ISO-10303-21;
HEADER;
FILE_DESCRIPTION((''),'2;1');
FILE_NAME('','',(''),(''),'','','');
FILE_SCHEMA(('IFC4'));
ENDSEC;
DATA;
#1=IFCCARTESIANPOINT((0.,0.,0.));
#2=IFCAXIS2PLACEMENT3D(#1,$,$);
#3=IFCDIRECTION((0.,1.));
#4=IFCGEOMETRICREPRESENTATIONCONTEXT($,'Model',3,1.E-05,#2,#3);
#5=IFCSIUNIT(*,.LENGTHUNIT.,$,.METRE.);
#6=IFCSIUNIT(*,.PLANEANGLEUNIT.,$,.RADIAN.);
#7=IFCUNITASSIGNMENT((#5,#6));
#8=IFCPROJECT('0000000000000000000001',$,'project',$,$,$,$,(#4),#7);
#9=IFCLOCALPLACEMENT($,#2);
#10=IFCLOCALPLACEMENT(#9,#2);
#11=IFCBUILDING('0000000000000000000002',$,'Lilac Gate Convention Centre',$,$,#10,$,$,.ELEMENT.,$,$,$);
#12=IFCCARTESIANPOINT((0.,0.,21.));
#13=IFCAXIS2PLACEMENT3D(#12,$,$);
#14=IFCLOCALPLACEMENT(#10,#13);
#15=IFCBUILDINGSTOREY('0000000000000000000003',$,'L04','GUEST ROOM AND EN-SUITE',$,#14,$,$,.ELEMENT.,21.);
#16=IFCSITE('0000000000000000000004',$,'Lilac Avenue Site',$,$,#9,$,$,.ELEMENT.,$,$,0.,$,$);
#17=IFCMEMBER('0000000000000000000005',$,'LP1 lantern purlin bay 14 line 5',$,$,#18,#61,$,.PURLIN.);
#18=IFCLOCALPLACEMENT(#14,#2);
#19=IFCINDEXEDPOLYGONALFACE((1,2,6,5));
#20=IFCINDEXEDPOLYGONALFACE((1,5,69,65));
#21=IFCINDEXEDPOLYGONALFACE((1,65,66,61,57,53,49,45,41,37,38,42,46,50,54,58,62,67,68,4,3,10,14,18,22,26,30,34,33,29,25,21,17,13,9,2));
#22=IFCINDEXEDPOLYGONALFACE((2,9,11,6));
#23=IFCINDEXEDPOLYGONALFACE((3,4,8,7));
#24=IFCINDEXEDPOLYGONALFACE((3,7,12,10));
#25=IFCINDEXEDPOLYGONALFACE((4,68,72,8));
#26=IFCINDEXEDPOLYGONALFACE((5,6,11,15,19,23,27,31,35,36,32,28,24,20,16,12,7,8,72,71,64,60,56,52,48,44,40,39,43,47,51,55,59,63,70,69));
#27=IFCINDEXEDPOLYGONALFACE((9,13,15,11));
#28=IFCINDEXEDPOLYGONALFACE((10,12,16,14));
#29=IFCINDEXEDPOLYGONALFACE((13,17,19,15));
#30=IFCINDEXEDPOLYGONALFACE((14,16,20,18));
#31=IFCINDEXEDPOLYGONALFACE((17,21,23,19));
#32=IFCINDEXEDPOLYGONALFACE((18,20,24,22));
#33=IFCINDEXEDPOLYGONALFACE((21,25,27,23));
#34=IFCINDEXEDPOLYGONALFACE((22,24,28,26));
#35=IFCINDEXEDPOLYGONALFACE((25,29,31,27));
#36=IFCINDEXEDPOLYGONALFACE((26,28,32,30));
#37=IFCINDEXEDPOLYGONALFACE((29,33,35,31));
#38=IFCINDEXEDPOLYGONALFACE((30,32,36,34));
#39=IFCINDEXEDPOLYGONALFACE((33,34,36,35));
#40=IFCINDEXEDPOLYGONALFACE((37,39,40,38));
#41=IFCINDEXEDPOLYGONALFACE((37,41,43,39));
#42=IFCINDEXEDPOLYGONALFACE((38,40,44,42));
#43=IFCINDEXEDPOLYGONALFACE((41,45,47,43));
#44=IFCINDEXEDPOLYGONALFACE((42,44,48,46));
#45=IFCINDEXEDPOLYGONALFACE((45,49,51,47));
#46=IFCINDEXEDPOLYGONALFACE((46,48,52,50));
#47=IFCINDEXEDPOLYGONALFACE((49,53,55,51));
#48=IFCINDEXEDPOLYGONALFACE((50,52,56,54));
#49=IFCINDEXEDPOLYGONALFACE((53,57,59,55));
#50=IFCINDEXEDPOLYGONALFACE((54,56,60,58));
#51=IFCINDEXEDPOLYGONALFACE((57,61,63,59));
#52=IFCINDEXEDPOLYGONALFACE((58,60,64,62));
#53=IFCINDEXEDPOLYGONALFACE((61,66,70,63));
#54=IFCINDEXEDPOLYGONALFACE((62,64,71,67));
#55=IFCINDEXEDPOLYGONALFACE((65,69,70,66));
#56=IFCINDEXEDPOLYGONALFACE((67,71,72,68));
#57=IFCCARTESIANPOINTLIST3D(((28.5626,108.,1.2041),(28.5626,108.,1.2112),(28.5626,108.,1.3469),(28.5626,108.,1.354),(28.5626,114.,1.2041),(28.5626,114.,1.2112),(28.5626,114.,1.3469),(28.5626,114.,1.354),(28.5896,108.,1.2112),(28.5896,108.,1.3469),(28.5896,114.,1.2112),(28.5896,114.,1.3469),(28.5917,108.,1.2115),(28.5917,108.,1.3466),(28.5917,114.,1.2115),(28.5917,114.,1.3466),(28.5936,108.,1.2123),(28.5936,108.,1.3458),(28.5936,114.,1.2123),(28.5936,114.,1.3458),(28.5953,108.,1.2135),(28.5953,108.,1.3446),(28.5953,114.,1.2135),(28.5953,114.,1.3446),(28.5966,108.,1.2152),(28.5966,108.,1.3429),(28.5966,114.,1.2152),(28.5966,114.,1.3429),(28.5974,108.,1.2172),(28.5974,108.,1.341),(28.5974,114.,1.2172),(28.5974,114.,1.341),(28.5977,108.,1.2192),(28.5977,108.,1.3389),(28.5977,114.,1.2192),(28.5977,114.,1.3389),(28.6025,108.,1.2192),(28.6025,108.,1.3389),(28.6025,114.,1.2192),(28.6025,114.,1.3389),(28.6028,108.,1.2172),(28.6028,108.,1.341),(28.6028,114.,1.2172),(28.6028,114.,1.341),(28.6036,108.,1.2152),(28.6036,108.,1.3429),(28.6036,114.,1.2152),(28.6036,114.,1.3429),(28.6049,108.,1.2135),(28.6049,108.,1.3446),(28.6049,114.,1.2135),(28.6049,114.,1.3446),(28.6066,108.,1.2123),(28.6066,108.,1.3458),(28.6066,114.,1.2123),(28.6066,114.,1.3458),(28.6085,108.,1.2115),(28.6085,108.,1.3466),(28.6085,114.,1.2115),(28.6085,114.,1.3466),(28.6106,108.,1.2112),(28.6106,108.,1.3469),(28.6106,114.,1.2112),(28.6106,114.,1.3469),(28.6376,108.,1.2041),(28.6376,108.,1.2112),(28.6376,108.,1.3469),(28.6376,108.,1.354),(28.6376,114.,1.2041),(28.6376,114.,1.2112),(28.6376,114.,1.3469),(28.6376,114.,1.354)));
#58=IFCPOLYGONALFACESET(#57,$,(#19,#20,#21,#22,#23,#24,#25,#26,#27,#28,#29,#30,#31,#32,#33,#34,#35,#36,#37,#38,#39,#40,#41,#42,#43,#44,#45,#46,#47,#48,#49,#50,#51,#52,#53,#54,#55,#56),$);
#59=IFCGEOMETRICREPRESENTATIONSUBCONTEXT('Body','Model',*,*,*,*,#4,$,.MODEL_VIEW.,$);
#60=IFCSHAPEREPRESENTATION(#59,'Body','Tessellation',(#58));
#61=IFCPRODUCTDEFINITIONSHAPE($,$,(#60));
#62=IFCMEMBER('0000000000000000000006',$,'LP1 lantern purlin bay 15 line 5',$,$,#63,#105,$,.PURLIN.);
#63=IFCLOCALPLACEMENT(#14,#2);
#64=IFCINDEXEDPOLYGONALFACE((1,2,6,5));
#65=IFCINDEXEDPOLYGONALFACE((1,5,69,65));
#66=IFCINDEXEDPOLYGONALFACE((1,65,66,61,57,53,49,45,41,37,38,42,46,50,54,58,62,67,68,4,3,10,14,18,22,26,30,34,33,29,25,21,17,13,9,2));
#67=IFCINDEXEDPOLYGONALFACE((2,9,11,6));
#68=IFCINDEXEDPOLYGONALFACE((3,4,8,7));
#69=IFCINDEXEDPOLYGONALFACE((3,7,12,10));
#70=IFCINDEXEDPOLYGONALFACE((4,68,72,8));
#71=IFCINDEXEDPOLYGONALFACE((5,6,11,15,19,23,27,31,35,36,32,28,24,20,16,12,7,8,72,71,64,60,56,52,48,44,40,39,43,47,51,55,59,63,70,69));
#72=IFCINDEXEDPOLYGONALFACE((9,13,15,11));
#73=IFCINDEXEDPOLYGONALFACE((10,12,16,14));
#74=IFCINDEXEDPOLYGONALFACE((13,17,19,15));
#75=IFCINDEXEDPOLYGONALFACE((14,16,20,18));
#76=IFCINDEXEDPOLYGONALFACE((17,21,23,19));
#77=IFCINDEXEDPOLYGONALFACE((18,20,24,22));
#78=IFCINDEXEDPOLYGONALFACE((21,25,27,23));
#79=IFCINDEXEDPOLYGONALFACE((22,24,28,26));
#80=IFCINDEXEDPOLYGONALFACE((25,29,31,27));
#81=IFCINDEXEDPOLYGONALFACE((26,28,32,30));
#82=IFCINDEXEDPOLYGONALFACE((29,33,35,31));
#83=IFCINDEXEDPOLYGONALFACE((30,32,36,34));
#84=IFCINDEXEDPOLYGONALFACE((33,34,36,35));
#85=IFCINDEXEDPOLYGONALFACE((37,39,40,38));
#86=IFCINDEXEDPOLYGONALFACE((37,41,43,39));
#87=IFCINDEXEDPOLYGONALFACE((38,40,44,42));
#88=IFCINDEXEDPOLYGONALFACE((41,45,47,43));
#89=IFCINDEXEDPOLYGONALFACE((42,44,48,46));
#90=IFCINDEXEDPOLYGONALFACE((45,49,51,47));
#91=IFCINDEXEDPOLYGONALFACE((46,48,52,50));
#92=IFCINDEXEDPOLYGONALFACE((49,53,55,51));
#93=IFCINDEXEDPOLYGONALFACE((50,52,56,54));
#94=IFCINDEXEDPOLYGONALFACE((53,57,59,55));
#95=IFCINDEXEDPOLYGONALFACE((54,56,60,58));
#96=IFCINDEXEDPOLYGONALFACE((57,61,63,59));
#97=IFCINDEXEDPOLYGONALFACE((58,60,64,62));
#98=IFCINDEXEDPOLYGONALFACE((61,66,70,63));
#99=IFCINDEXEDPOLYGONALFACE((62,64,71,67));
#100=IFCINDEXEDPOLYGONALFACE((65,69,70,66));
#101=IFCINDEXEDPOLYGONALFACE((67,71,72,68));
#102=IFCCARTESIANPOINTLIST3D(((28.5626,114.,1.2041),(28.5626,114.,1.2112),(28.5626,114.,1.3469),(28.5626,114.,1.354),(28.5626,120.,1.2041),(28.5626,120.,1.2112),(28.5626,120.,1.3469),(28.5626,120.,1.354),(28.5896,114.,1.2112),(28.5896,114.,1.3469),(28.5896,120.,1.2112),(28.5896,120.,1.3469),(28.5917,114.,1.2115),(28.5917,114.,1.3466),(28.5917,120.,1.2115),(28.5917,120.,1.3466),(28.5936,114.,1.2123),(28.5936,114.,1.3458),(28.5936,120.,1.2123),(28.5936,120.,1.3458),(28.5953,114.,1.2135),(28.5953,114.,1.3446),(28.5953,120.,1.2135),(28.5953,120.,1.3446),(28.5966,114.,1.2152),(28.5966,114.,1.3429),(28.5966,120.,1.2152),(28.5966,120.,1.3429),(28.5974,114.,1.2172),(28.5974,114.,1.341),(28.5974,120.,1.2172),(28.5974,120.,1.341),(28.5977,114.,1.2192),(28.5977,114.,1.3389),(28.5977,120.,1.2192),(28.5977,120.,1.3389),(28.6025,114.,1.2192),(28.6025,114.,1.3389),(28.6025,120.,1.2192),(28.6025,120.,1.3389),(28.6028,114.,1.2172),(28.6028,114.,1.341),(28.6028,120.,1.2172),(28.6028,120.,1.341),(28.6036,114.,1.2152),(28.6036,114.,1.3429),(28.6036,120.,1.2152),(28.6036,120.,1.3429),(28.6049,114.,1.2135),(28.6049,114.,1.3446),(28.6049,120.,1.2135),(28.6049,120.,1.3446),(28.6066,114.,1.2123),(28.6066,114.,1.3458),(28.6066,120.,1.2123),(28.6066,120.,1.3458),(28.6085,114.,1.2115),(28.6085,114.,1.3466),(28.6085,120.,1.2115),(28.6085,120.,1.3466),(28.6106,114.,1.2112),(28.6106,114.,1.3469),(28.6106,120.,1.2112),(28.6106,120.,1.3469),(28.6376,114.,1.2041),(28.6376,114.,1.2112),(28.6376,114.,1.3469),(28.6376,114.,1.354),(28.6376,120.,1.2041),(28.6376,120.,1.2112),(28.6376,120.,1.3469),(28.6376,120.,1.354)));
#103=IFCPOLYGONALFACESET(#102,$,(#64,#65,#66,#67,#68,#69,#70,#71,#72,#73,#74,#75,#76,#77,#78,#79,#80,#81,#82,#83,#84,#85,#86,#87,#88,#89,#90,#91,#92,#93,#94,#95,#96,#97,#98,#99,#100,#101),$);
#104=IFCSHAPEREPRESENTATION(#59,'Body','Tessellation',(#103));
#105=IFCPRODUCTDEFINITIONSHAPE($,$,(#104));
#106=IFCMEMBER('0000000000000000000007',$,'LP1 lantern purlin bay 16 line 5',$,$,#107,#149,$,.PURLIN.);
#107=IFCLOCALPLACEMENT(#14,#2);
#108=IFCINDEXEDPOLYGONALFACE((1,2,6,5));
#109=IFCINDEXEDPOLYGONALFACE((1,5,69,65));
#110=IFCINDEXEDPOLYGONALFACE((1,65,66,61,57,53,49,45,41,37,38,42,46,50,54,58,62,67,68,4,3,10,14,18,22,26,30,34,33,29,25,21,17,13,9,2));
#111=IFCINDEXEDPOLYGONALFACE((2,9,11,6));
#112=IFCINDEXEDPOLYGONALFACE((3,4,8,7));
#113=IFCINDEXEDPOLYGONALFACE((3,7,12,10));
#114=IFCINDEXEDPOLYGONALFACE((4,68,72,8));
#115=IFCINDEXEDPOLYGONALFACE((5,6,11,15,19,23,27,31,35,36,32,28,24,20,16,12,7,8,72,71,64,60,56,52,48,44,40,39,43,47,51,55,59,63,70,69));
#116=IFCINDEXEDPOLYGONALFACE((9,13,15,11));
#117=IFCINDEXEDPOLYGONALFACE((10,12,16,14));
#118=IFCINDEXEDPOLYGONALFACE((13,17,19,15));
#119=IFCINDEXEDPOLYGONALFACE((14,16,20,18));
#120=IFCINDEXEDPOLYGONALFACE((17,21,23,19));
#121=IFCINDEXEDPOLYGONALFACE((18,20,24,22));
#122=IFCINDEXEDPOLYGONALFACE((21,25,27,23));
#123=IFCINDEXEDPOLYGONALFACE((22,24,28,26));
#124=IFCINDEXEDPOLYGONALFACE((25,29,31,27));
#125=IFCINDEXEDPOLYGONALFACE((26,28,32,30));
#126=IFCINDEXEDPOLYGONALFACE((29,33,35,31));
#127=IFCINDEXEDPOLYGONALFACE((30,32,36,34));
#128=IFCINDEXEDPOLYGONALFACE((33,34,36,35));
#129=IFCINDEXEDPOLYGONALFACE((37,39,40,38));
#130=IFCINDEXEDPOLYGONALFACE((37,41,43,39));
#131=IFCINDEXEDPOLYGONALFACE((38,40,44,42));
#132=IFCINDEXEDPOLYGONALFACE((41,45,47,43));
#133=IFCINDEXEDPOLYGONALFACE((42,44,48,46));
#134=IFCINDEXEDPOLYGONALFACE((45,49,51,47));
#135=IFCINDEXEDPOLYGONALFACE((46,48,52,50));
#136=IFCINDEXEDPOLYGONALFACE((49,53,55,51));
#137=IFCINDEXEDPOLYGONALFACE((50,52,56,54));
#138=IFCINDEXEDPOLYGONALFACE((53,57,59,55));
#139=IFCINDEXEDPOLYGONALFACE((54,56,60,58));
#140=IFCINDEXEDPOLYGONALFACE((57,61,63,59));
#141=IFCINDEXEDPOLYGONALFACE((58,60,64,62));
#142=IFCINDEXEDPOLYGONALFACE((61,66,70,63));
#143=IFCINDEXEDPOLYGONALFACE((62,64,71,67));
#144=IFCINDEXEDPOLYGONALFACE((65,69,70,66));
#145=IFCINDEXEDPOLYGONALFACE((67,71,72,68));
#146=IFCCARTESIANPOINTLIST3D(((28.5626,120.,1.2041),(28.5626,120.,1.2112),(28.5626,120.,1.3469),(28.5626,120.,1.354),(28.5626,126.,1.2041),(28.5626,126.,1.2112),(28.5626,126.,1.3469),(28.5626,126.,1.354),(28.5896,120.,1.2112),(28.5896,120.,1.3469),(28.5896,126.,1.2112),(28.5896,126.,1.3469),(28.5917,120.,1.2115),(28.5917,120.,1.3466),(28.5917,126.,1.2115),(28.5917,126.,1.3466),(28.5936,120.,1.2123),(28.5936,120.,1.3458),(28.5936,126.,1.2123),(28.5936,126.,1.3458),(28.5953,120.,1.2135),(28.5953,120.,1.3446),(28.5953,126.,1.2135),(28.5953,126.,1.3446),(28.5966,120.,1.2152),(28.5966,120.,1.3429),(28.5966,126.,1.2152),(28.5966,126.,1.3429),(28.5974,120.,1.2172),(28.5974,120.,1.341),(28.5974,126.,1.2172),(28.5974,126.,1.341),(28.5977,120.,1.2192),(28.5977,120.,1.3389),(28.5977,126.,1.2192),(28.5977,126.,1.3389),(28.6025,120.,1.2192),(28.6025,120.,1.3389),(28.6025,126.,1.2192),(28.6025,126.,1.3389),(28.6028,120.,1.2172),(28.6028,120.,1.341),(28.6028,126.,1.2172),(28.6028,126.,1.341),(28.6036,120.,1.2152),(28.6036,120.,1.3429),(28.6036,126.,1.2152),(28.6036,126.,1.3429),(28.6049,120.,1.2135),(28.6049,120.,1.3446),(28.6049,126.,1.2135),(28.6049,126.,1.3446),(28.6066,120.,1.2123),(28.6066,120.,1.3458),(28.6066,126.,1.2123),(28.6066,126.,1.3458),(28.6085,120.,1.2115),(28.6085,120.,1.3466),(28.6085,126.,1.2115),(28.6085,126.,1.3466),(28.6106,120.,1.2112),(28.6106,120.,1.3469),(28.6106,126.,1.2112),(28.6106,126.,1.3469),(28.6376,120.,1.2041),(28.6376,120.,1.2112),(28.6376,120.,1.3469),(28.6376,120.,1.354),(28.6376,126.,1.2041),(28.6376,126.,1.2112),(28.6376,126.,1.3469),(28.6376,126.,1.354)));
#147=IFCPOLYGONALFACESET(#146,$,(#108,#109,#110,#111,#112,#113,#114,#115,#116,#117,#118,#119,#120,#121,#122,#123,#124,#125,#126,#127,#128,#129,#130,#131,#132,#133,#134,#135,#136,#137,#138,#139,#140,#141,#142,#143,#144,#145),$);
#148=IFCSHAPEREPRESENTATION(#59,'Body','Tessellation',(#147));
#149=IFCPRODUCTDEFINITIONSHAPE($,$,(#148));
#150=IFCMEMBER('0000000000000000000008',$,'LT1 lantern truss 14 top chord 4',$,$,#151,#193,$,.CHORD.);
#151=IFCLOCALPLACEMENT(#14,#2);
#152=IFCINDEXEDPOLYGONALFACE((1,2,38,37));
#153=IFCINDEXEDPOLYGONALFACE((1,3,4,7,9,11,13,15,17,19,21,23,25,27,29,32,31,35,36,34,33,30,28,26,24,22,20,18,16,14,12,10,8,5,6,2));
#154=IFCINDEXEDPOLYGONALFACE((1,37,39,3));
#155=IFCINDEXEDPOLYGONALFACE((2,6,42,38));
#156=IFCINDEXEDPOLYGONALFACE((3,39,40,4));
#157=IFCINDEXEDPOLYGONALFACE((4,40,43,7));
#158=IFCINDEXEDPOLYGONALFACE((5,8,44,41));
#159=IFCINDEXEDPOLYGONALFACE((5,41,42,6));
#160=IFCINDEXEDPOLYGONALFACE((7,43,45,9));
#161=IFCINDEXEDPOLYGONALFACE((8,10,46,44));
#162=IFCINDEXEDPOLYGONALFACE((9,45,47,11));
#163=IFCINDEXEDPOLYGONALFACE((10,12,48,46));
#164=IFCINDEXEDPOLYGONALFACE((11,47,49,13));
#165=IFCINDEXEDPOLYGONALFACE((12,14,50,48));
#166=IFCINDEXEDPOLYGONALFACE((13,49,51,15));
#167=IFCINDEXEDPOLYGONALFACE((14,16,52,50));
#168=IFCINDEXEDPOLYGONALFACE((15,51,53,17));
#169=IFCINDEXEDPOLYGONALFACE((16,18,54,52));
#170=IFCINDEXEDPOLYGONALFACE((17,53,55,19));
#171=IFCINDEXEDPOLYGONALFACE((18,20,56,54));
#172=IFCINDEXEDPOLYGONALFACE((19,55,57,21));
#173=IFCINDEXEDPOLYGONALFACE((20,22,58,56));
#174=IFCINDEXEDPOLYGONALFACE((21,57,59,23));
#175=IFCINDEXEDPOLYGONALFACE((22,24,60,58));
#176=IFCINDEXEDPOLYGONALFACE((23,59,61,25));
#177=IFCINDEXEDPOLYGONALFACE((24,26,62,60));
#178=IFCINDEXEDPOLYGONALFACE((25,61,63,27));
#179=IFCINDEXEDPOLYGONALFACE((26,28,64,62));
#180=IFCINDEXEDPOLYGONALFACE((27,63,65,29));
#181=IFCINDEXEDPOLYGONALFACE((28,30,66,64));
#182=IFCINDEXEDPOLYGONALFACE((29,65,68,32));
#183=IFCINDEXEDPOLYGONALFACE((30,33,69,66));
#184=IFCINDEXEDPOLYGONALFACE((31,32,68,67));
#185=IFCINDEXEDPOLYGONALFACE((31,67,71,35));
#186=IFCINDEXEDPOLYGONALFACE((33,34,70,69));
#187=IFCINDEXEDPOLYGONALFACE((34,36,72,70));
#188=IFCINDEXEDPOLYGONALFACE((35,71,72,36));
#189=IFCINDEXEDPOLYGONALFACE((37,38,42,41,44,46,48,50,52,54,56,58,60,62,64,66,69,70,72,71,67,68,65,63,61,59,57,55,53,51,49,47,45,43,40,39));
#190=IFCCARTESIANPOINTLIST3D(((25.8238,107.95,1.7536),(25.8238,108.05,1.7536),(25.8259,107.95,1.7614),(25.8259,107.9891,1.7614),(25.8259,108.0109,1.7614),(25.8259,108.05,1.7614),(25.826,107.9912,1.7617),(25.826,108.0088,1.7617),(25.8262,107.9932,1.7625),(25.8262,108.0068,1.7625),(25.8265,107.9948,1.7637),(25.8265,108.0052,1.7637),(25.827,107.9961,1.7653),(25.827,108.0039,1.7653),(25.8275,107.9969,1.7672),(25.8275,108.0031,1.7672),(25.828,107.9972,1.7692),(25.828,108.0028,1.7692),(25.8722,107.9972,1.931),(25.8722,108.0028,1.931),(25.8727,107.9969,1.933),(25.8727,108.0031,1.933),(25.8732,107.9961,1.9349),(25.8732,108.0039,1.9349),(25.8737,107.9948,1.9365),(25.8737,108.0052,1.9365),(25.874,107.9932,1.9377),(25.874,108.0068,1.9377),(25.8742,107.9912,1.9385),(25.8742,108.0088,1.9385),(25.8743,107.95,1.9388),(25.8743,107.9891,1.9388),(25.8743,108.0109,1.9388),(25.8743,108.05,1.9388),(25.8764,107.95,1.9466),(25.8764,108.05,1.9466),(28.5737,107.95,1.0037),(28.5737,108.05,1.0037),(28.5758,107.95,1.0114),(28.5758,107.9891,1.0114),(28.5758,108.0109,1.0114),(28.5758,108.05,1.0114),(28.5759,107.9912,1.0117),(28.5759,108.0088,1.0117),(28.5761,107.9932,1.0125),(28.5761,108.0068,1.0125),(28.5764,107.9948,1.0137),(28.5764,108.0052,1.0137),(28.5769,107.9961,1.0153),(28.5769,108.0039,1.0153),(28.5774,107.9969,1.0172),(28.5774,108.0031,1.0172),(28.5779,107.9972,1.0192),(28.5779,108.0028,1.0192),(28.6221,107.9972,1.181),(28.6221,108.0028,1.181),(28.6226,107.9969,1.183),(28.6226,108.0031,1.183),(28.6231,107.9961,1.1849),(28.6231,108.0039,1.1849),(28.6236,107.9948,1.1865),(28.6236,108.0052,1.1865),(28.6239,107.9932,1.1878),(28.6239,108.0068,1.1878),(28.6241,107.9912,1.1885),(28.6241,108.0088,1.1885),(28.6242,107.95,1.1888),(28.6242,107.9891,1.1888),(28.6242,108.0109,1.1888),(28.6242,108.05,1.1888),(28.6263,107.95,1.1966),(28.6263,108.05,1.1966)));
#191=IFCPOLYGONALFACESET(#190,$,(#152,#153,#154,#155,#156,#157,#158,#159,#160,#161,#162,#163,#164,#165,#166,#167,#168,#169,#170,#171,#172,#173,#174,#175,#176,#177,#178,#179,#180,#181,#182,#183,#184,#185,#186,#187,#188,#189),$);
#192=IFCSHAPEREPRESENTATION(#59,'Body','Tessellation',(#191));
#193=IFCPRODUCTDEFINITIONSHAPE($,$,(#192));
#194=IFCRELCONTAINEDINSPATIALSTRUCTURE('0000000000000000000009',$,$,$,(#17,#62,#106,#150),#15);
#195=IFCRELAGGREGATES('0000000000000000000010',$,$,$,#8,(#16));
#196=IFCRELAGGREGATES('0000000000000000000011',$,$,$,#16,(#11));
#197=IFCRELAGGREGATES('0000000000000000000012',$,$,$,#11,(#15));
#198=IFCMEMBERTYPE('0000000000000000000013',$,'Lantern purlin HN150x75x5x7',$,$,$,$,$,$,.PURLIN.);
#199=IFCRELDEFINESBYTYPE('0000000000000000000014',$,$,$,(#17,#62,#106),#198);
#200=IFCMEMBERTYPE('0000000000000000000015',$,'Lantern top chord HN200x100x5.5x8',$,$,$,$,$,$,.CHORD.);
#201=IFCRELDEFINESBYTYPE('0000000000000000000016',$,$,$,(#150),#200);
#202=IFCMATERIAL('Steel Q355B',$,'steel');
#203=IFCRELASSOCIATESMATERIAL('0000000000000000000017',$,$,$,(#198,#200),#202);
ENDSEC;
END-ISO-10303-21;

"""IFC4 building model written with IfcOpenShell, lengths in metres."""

from ifc_helpers import new_model, si_unit, direction, frame, origin, origin_2d, place, context, subcontext, project, spatial, i_section, extrude, material, material_profile, profile_set, type_object, element, save


model = new_model("IFC4")

# Units and contexts
model_context = context("Model", 3, precision=1e-05, world=origin(), true_north=direction((0.0, 1.0)))
body_context = subcontext(model_context, "Body", "Model", "MODEL_VIEW")
ifc_project = project(units=[si_unit("LENGTHUNIT", "METRE"), si_unit("PLANEANGLEUNIT", "RADIAN")], contexts=[model_context])

# Site, building, storey
site_placement = place(None, origin())
site = spatial("IfcSite", under=ifc_project, at=site_placement, Name="Lilac Avenue Site", CompositionType="ELEMENT", RefElevation=0.0)
building_placement = place(site_placement, origin())
building = spatial("IfcBuilding", under=site, at=building_placement, Name="Lilac Gate Convention Centre", CompositionType="ELEMENT")
storey_placement = place(building_placement, frame((0.0, 0.0, 21.0)))
storey = spatial("IfcBuildingStorey", under=building, at=storey_placement, Name="L04", Description="GUEST ROOM AND EN-SUITE", CompositionType="ELEMENT", Elevation=21.0)

# Members
ifc_material_1 = material(Name="Steel Q355B", Category="steel")
ifc_material_profile_1 = material_profile(ifc_material_1, i_section(OverallWidth=0.075, OverallDepth=0.1499, WebThickness=0.0049, FlangeThickness=0.0071, FilletRadius=0.0081, at=origin_2d()), Name="HN150x75x5x7")
ifc_profile_set_1 = profile_set([ifc_material_profile_1], Name="Steel Q355B")
member_type_1 = type_object("IfcMemberType", Name="Lantern purlin HN150x75x5x7", PredefinedType="PURLIN", material=ifc_profile_set_1)
for number, where, z_axis, x_axis, name in (
    (1, (28.6001, 108.0, 1.2791), (0.0, 1.0, 0.0), (-1.0, 0.0, 0.0), "LP1 lantern purlin bay 14 line 5"),
    (2, (28.6001, 114.0, 1.2791), (0.0, 1.0, 0.0), (-1.0, 0.0, 0.0), "LP1 lantern purlin bay 15 line 5"),
    (3, (28.6001, 120.0, 1.2791), (0.0, 1.0, 0.0), (-1.0, 0.0, 0.0), "LP1 lantern purlin bay 16 line 5"),
):
    element("IfcMember", number, at=place(storey_placement, frame(where, z_axis=z_axis, x_axis=x_axis)), inside=storey, type_object=member_type_1, Name=name, PredefinedType="PURLIN", context=body_context, shape_type="SweptSolid", body=[
        extrude(i_section(OverallWidth=0.075, OverallDepth=0.1499, WebThickness=0.0049, FlangeThickness=0.0071, FilletRadius=0.0081, at=origin_2d()), origin(), (0.0, 0.0, 1.0), 6.0),
    ])
ifc_material_profile_2 = material_profile(ifc_material_1, i_section(OverallWidth=0.1001, OverallDepth=0.2, WebThickness=0.0056, FlangeThickness=0.0081, FilletRadius=0.0081, at=origin_2d()), Name="HN200x100x5.5x8")
ifc_profile_set_2 = profile_set([ifc_material_profile_2], Name="Steel Q355B")
member_type_2 = type_object("IfcMemberType", Name="Lantern top chord HN200x100x5.5x8", PredefinedType="CHORD", material=ifc_profile_set_2)
for number, where, z_axis, x_axis, name in (
    (4, (25.8501, 108.0, 1.8501), (0.964764, 0.0, -0.263117), (0.0, 1.0, 0.0), "LT1 lantern truss 14 top chord 4"),
):
    element("IfcMember", number, at=place(storey_placement, frame(where, z_axis=z_axis, x_axis=x_axis)), inside=storey, type_object=member_type_2, Name=name, PredefinedType="CHORD", context=body_context, shape_type="SweptSolid", body=[
        extrude(i_section(OverallWidth=0.1001, OverallDepth=0.2, WebThickness=0.0056, FlangeThickness=0.0081, FilletRadius=0.0081, at=origin_2d()), origin(), (0.0, 0.0, 1.0), 2.8503),
    ])

save(model, "model.ifc")
